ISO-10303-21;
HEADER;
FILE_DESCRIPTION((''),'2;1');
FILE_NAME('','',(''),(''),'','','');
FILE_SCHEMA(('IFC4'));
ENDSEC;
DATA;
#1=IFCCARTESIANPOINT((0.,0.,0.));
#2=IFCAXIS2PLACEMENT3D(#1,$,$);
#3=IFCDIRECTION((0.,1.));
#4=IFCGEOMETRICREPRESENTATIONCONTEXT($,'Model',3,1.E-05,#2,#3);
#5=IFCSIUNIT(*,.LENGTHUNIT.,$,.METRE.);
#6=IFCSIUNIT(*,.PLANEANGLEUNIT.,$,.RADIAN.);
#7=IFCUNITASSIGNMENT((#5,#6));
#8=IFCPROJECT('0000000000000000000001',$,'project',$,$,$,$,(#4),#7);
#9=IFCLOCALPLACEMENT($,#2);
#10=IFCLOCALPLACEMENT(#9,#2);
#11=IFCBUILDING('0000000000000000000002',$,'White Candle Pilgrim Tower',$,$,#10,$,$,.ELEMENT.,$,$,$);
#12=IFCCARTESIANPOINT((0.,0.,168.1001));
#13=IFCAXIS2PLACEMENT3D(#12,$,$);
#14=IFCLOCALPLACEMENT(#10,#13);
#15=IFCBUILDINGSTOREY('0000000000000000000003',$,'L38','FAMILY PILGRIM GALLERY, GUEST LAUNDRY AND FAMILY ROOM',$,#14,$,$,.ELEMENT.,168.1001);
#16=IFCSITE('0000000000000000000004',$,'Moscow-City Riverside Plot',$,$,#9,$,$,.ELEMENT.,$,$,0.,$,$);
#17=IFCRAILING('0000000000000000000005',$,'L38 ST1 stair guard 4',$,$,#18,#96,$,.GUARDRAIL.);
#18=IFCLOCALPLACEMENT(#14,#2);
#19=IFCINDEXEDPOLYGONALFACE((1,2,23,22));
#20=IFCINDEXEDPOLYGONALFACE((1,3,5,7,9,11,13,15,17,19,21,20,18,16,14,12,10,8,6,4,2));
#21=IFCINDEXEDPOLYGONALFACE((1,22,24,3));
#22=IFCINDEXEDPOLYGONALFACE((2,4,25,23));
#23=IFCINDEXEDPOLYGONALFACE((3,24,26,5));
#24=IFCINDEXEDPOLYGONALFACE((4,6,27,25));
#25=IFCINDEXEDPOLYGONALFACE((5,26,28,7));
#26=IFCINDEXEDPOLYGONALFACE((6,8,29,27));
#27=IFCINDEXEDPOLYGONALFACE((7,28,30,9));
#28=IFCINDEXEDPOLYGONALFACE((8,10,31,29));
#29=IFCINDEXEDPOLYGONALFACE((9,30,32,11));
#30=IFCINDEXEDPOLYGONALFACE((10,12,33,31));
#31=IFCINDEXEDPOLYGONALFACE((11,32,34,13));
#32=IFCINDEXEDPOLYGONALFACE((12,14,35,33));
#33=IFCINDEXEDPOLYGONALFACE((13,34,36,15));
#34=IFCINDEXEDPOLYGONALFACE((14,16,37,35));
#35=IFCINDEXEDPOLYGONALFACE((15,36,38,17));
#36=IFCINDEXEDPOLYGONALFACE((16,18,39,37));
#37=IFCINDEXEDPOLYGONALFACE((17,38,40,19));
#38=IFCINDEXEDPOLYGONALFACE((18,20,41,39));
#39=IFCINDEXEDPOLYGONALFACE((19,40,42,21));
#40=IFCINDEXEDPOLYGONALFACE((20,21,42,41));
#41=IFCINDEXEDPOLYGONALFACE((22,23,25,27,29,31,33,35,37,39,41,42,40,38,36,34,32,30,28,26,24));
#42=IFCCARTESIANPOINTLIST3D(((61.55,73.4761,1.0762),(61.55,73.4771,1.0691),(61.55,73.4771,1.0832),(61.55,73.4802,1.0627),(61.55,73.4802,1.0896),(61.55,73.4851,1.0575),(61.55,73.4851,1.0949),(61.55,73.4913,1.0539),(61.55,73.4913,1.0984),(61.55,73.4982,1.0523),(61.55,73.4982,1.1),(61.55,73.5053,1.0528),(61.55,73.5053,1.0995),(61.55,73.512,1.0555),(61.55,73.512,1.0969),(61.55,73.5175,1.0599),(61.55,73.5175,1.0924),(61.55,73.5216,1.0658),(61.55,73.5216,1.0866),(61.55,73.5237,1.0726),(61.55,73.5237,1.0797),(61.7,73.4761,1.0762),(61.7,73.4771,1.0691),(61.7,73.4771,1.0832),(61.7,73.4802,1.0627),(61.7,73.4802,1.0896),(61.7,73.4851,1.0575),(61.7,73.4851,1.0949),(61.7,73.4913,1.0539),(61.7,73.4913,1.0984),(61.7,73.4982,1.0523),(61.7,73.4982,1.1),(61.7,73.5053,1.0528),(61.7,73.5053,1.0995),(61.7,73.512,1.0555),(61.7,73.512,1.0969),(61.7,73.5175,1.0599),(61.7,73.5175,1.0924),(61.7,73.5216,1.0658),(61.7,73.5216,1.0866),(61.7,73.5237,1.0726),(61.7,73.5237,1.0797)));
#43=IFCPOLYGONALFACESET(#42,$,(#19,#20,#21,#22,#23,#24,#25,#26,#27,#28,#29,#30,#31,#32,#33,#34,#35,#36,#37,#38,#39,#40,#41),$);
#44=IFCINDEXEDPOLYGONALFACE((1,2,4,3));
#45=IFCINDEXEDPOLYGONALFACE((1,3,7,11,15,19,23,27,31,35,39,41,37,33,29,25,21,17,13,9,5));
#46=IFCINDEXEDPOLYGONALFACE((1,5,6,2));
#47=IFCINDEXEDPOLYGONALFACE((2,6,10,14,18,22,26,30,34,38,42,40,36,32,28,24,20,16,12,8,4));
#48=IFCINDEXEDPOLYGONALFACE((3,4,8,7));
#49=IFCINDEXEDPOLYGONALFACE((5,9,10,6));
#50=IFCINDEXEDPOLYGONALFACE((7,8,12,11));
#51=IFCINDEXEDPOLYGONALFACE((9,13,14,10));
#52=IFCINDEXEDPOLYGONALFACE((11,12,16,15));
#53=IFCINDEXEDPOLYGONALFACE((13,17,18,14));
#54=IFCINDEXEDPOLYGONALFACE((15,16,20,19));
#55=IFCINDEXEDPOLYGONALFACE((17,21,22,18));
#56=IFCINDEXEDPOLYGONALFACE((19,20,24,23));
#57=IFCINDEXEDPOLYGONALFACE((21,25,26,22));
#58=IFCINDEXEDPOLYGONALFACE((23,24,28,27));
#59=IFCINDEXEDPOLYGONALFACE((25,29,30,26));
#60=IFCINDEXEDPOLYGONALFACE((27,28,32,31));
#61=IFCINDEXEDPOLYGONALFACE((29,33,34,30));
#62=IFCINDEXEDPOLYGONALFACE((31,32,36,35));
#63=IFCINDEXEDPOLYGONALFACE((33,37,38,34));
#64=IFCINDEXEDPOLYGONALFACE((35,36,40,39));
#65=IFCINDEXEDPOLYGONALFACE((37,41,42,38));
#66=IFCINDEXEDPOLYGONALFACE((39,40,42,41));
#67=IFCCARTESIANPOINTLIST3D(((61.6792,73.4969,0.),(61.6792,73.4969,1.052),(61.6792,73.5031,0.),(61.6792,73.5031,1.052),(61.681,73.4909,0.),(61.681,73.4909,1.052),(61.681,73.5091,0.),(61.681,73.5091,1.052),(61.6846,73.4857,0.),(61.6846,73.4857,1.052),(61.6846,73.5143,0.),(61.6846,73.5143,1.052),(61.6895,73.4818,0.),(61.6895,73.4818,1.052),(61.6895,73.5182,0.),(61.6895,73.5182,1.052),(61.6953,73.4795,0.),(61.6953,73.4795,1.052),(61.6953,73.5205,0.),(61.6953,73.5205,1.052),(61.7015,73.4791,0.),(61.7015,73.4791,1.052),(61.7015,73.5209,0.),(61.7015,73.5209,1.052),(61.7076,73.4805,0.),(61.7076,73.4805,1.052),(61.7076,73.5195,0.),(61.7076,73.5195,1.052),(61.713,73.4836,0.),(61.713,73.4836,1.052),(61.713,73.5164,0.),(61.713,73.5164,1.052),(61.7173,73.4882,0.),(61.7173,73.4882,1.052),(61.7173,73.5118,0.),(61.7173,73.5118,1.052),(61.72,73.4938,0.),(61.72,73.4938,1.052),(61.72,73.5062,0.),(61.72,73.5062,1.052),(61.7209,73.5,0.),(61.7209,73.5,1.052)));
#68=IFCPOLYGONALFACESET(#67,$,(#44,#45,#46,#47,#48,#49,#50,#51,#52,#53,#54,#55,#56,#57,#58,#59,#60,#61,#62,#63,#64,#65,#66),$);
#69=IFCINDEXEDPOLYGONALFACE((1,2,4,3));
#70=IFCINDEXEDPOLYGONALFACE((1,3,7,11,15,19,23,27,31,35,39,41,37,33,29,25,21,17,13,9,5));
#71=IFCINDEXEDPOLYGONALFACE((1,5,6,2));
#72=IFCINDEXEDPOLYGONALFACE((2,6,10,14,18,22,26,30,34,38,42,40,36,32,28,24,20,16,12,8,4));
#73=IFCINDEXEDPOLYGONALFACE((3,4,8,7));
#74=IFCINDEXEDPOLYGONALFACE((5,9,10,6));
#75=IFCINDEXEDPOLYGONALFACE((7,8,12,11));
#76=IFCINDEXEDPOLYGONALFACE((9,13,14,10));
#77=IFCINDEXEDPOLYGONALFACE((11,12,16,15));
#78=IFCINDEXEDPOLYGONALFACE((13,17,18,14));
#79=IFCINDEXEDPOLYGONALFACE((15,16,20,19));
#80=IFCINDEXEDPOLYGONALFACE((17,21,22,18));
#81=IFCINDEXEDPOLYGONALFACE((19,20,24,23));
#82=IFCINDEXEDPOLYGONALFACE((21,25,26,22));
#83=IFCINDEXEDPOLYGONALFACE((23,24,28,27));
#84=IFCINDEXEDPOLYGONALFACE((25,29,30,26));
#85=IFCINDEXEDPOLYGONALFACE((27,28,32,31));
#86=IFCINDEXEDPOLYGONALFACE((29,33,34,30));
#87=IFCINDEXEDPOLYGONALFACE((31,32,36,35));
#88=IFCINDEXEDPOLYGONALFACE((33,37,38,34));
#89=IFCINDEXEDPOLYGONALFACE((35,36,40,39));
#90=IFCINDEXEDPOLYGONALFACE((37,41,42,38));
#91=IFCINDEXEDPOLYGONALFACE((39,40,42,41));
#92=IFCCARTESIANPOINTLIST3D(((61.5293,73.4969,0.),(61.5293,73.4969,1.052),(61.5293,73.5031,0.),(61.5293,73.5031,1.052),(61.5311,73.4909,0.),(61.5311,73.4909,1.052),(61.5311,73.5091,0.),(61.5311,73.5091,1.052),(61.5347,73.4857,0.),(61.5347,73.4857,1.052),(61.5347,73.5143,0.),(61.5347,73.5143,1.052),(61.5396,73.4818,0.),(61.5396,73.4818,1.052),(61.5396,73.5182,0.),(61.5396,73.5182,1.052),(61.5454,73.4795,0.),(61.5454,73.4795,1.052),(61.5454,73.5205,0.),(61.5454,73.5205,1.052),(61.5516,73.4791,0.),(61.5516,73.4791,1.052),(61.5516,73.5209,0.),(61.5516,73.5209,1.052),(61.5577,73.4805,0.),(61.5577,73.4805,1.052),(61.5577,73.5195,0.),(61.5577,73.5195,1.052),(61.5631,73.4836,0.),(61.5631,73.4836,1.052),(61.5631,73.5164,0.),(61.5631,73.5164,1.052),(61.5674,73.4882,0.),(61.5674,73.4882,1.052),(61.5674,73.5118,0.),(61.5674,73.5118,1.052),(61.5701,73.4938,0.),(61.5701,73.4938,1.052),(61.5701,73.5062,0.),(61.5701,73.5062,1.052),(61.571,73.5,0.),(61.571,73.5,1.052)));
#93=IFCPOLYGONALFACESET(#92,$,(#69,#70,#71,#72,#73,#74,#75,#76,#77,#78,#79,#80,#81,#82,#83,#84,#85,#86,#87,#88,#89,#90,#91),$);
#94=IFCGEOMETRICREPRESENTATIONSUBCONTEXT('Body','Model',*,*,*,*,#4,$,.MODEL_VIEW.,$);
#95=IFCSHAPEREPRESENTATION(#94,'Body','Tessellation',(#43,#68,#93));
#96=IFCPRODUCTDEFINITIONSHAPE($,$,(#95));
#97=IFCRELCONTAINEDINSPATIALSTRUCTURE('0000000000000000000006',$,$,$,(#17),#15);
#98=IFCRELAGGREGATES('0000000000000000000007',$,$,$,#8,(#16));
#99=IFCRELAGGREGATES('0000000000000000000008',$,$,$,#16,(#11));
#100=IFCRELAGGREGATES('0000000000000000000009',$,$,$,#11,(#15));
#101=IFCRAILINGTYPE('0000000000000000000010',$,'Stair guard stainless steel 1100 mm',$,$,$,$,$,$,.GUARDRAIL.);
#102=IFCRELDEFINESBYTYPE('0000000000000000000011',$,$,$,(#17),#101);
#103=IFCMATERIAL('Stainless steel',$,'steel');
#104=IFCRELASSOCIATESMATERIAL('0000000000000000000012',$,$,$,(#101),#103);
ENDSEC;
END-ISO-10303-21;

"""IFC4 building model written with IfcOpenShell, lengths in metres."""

from ifc_helpers import new_model, si_unit, direction, frame, origin, origin_2d, place, context, subcontext, project, spatial, circle, extrude, material, type_object, element, save


model = new_model("IFC4")

# Units and contexts
model_context = context("Model", 3, precision=1e-05, world=origin(), true_north=direction((0.0, 1.0)))
body_context = subcontext(model_context, "Body", "Model", "MODEL_VIEW")
ifc_project = project(units=[si_unit("LENGTHUNIT", "METRE"), si_unit("PLANEANGLEUNIT", "RADIAN")], contexts=[model_context])

# Site, building, storey
site_placement = place(None, origin())
site = spatial("IfcSite", under=ifc_project, at=site_placement, Name="Moscow-City Riverside Plot", CompositionType="ELEMENT", RefElevation=0.0)
building_placement = place(site_placement, origin())
building = spatial("IfcBuilding", under=site, at=building_placement, Name="White Candle Pilgrim Tower", CompositionType="ELEMENT")
storey_placement = place(building_placement, frame((0.0, 0.0, 168.1001)))
storey = spatial("IfcBuildingStorey", under=building, at=storey_placement, Name="L38", Description="FAMILY PILGRIM GALLERY, GUEST LAUNDRY AND FAMILY ROOM", CompositionType="ELEMENT", Elevation=168.1001)

# Railing
ifc_material_1 = material(Name="Stainless steel", Category="steel")
railing_type_1 = type_object("IfcRailingType", Name="Stair guard stainless steel 1100 mm", PredefinedType="GUARDRAIL", material=ifc_material_1)
railing_1_placement = place(storey_placement, frame((61.7, 73.5, 0.0)))
element("IfcRailing", 1, at=railing_1_placement, inside=storey, type_object=railing_type_1, Name="L38 ST1 stair guard 4", PredefinedType="GUARDRAIL", context=body_context, shape_type="SweptSolid", body=[
    extrude(circle(Radius=0.0239, at=origin_2d()), frame((0.0, 0.0, 1.0762), z_axis=(-1.0, 0.0, 0.0), x_axis=(0.0, -1.0, 0.0)), (0.0, 0.0, 1.0), 0.1499),
    extrude(circle(Radius=0.021, at=origin_2d()), origin(), (0.0, 0.0, 1.0), 1.052),
    extrude(circle(Radius=0.021, at=origin_2d()), frame((-0.1499, 0.0, 0.0)), (0.0, 0.0, 1.0), 1.052),
])

save(model, "model.ifc")
